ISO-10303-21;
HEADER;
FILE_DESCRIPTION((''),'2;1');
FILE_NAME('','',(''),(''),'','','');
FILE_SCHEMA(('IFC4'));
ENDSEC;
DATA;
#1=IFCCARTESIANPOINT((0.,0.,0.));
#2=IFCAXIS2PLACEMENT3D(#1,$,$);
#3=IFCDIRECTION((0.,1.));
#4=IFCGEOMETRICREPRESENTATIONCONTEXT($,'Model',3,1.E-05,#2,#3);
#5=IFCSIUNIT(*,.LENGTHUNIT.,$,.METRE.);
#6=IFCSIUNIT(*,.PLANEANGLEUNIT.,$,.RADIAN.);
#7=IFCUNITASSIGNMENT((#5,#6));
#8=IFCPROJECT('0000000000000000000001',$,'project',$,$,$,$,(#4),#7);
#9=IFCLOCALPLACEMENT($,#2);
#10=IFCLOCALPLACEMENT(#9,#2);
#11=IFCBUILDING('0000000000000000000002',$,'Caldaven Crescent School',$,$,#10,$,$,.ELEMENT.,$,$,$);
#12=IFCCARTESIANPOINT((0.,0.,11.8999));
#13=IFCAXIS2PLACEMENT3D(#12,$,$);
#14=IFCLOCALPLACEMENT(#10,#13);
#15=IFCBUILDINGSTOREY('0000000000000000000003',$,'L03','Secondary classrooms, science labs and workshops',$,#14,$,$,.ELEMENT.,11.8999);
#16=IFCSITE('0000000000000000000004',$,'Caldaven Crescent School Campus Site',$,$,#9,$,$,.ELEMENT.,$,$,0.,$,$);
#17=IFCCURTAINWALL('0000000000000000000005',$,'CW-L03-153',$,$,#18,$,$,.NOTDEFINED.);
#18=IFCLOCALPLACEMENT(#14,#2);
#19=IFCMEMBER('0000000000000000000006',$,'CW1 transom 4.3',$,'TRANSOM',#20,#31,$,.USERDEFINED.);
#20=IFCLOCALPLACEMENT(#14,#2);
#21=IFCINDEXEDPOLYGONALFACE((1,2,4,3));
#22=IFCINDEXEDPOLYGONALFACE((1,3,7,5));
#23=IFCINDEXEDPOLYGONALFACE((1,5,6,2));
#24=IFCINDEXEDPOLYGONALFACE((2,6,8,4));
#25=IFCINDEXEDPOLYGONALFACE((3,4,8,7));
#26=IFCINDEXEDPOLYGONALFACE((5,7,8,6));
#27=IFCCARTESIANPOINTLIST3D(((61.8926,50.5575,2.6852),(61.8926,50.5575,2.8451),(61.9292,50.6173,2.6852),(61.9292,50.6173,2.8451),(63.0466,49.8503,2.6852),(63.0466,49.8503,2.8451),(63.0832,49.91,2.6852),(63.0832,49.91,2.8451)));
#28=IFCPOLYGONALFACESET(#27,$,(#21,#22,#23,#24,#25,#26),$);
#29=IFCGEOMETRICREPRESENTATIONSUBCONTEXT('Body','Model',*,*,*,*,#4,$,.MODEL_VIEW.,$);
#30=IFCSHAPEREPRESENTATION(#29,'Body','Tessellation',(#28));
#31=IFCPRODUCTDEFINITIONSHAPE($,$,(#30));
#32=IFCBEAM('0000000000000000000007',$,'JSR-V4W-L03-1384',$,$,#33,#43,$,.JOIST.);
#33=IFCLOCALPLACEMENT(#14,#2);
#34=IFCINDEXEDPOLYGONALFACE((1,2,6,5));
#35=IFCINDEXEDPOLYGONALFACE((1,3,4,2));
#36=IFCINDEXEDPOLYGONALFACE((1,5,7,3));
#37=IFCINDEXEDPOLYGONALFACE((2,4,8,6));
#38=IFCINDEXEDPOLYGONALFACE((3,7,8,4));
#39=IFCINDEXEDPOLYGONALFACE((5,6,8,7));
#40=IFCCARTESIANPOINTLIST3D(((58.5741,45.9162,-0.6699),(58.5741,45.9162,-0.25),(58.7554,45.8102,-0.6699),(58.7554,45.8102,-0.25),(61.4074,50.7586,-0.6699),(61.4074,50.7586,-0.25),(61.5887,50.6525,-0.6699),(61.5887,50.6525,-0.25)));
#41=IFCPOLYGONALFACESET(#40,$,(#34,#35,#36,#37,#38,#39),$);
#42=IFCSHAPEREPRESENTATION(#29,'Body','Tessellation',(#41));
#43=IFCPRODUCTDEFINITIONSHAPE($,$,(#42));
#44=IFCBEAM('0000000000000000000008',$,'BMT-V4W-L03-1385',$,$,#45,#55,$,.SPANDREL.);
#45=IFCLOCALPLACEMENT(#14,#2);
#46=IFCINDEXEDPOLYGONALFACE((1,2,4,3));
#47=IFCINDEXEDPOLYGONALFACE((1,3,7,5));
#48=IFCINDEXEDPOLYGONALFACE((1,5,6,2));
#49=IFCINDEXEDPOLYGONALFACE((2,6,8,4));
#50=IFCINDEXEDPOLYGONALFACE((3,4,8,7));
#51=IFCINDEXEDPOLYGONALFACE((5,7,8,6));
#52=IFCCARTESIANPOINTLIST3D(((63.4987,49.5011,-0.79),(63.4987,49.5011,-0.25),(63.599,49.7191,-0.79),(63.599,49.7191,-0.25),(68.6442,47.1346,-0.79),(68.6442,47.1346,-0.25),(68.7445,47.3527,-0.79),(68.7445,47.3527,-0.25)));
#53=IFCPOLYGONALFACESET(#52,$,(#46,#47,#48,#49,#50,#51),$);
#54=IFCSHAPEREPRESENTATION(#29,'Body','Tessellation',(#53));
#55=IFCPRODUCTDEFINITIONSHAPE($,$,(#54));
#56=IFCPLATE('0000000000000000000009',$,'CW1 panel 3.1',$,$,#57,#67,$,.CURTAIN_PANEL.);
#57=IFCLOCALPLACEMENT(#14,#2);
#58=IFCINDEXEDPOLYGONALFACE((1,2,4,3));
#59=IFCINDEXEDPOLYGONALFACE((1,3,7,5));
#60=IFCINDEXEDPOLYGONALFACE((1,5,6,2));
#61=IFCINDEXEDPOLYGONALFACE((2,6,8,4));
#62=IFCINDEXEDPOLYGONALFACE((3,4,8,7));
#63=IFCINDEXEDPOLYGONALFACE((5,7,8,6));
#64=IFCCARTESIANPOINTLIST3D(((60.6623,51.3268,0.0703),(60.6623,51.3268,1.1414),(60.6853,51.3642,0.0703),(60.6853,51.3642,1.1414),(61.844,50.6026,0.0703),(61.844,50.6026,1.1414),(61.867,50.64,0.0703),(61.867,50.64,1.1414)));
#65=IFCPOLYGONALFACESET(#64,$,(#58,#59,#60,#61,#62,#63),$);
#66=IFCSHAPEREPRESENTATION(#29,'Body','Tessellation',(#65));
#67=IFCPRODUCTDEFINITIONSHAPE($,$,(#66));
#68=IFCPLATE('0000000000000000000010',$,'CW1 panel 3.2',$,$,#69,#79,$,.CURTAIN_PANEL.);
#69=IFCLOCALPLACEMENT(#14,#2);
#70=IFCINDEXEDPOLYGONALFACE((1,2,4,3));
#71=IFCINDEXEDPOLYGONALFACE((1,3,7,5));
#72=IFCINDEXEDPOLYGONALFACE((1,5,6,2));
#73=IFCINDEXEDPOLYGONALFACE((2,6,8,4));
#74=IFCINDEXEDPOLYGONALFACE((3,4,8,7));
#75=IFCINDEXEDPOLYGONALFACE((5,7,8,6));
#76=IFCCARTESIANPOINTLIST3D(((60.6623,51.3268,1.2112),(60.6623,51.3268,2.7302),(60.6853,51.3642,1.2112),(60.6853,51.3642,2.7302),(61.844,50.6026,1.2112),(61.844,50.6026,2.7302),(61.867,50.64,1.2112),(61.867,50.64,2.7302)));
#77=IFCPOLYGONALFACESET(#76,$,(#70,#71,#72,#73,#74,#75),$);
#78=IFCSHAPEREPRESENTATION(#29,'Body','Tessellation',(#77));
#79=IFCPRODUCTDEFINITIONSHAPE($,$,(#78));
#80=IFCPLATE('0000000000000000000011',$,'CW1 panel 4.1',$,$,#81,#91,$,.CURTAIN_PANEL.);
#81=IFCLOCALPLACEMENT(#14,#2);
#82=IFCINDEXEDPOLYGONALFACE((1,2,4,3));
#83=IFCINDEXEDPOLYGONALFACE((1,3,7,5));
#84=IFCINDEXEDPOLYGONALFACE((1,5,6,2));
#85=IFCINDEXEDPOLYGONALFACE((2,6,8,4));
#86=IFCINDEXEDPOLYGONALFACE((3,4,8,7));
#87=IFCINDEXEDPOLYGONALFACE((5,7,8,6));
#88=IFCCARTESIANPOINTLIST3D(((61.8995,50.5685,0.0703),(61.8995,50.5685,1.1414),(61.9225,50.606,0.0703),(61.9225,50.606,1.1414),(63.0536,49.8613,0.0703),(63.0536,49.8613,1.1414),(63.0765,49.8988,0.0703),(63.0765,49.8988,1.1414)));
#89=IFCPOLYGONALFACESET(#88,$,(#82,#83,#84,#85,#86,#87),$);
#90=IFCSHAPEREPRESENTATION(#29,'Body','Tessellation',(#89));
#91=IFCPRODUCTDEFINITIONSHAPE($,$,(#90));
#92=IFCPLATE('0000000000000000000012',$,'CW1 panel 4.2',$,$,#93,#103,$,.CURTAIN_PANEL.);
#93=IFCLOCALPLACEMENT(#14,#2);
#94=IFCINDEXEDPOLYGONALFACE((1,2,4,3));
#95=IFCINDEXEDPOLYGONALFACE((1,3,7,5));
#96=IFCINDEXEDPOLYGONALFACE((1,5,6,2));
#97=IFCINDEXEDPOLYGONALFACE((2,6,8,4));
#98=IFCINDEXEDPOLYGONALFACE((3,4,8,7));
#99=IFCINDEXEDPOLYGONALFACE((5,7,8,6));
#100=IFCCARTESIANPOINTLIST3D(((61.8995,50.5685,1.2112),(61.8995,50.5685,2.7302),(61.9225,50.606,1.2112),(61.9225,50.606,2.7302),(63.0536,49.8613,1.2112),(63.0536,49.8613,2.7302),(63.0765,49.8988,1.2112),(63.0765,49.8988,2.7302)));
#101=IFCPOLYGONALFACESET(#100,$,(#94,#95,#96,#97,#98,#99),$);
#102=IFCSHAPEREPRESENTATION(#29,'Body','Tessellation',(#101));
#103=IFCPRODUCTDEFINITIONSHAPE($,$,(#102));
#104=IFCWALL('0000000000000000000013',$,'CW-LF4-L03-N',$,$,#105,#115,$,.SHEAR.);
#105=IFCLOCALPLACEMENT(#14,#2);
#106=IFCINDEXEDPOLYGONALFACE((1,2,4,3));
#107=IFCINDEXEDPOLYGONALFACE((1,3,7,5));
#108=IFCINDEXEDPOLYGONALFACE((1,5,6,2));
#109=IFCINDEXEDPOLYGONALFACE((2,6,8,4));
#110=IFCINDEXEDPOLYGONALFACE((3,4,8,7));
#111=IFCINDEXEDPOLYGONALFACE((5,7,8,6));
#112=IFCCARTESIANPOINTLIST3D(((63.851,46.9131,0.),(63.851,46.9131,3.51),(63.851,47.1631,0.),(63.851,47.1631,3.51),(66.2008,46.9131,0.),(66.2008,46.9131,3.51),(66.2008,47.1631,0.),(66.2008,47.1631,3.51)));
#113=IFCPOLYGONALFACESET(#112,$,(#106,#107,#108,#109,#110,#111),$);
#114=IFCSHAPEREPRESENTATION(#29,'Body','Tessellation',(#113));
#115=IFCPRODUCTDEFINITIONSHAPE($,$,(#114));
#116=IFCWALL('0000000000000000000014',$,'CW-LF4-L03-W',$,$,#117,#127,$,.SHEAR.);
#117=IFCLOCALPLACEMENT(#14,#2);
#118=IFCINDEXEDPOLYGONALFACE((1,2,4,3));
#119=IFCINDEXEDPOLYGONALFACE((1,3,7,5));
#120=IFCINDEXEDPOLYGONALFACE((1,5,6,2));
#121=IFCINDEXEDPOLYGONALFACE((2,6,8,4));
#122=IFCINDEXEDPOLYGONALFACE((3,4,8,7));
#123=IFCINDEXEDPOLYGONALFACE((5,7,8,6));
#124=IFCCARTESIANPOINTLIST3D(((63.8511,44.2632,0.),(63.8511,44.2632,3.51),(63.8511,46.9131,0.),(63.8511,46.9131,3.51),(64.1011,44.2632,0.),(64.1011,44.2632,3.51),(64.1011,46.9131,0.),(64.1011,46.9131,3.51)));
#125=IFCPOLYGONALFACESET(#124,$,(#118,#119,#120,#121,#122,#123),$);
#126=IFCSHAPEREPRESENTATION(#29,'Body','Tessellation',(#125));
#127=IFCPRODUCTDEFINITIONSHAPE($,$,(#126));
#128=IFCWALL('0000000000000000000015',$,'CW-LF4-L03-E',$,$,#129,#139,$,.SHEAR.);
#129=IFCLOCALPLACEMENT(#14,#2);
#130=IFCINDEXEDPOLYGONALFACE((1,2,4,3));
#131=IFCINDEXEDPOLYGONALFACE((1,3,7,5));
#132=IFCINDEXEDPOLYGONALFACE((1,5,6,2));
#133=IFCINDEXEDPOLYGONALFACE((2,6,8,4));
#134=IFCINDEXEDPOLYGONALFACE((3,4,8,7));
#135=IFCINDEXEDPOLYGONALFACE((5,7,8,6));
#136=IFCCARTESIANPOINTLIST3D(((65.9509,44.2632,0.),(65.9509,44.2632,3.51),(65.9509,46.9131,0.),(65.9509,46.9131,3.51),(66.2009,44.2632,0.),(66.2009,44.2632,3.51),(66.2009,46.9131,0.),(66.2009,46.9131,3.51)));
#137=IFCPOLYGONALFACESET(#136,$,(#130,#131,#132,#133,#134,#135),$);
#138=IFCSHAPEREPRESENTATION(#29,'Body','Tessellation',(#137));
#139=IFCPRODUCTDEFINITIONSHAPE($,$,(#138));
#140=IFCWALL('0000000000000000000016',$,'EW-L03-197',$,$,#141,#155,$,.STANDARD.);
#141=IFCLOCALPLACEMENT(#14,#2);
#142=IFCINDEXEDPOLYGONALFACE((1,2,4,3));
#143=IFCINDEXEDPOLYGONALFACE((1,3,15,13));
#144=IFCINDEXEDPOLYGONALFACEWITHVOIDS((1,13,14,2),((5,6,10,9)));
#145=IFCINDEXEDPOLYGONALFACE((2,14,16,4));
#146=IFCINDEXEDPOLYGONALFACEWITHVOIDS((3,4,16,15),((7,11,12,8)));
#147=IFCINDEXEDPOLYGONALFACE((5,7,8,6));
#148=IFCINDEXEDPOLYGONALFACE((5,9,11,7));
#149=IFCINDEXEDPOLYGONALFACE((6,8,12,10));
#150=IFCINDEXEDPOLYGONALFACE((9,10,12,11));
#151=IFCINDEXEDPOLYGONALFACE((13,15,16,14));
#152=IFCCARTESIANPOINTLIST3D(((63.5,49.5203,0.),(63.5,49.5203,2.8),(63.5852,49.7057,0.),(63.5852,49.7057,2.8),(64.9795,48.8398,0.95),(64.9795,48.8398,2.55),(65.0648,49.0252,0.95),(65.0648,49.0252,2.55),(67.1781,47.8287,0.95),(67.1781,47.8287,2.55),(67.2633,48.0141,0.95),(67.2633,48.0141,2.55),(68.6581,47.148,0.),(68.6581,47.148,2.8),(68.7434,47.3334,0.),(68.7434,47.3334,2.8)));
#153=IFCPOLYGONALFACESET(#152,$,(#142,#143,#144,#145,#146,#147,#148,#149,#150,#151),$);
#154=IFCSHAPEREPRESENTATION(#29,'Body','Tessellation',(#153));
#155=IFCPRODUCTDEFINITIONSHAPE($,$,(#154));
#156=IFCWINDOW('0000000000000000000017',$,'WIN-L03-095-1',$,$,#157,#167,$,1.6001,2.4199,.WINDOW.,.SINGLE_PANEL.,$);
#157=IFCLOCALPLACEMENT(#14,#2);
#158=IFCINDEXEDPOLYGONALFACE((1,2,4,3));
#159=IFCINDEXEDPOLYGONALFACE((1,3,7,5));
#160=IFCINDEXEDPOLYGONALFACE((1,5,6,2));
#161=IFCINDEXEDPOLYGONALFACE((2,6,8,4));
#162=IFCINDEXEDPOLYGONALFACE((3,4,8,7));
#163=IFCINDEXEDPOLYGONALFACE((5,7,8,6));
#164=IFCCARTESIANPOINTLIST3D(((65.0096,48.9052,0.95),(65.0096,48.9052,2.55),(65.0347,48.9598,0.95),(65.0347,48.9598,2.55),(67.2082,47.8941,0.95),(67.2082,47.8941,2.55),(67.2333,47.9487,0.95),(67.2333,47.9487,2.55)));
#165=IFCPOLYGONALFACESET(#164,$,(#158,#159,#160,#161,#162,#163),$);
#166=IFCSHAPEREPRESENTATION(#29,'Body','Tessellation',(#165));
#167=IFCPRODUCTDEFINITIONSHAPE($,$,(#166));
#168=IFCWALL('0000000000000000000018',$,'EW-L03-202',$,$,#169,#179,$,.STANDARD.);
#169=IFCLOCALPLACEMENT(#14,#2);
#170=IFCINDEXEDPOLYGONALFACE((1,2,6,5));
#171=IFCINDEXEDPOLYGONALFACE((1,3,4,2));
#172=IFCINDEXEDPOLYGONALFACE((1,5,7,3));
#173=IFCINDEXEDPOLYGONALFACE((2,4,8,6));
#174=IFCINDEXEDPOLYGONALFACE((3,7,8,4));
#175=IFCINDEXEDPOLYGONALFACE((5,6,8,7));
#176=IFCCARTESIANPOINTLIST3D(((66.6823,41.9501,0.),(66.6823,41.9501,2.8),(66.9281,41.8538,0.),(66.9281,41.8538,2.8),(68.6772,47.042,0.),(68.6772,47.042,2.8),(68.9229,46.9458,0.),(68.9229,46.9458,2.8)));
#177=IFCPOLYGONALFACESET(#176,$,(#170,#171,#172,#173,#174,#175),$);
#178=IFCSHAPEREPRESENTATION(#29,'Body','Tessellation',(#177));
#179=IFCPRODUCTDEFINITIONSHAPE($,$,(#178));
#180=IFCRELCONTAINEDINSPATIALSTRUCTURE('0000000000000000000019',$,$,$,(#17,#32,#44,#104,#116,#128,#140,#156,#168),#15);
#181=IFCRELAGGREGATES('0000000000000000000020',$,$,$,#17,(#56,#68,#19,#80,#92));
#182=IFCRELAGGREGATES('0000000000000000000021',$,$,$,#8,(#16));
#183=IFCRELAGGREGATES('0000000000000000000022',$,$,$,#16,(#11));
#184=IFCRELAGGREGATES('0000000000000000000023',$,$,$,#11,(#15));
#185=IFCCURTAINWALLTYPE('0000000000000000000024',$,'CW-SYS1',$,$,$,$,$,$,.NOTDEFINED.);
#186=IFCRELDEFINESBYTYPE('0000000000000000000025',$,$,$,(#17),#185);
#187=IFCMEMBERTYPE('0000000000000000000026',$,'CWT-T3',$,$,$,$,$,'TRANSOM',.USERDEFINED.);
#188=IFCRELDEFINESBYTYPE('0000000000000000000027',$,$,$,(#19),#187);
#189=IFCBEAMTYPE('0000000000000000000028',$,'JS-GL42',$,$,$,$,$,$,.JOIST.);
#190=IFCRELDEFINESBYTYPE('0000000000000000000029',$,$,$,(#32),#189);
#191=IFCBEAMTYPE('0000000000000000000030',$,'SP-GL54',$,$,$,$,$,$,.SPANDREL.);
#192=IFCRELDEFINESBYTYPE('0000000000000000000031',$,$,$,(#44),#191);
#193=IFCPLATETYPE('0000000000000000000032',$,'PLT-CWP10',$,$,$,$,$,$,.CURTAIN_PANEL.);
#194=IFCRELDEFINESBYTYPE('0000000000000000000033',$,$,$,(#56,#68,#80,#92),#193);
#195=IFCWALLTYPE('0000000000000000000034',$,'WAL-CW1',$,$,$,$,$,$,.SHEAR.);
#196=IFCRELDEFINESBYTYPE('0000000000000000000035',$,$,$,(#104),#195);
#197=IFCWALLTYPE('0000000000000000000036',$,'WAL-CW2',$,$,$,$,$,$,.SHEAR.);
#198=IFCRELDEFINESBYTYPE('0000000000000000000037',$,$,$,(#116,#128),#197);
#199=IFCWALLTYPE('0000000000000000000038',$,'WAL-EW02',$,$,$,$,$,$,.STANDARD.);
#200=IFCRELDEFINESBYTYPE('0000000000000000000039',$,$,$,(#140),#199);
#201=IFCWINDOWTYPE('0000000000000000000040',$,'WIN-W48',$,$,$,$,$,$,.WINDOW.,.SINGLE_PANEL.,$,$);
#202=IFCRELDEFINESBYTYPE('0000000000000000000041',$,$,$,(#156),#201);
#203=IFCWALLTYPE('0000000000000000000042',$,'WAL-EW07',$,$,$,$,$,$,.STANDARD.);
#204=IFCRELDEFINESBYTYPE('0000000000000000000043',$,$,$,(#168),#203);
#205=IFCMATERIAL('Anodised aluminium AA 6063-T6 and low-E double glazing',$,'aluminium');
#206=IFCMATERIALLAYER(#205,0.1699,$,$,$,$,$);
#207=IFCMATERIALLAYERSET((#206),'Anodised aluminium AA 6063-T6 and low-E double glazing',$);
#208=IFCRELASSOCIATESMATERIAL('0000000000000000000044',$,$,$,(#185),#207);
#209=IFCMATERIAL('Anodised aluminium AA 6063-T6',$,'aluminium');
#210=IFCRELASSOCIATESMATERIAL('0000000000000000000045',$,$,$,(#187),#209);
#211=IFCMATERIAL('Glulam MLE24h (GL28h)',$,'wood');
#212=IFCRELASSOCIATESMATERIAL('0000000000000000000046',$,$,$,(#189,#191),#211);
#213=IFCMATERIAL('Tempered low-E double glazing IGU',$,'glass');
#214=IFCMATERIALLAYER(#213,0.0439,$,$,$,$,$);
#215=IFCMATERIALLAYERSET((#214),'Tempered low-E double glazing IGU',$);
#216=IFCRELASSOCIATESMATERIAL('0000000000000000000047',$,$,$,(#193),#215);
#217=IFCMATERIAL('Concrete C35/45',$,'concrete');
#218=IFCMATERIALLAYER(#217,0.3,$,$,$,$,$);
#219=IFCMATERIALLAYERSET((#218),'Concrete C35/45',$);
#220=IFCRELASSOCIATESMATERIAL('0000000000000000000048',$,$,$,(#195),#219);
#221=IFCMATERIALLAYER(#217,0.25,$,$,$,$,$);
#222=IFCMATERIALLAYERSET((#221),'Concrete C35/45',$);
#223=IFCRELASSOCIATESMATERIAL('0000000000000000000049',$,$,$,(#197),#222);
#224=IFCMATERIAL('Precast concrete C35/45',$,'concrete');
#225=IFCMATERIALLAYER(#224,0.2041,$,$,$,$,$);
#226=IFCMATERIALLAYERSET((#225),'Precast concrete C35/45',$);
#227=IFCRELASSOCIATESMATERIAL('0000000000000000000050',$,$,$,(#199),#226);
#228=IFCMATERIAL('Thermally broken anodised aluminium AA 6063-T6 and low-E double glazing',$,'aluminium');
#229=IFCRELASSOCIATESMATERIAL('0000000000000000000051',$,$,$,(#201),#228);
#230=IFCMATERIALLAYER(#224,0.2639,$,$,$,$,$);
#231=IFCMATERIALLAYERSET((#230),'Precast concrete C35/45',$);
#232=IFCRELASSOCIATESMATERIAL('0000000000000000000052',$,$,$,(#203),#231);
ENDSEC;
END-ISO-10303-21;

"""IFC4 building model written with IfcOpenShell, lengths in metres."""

from ifc_helpers import new_model, si_unit, direction, frame, frame_2d, origin, origin_2d, place, context, subcontext, project, spatial, rectangle, extrude, material, layer, layer_set, material_profile, profile_set, type_object, element, fill, aggregate, save


model = new_model("IFC4")

# Units and contexts
model_context = context("Model", 3, precision=1e-05, world=origin(), true_north=direction((0.0, 1.0)))
body_context = subcontext(model_context, "Body", "Model", "MODEL_VIEW")
ifc_project = project(units=[si_unit("LENGTHUNIT", "METRE"), si_unit("PLANEANGLEUNIT", "RADIAN")], contexts=[model_context])

# Site, building, storey
site_placement = place(None, origin())
site = spatial("IfcSite", under=ifc_project, at=site_placement, Name="Caldaven Crescent School Campus Site", CompositionType="ELEMENT", RefElevation=0.0)
building_placement = place(site_placement, origin())
building = spatial("IfcBuilding", under=site, at=building_placement, Name="Caldaven Crescent School", CompositionType="ELEMENT")
storey_placement = place(building_placement, frame((0.0, 0.0, 11.8999)))
storey = spatial("IfcBuildingStorey", under=building, at=storey_placement, Name="L03", Description="Secondary classrooms, science labs and workshops", CompositionType="ELEMENT", Elevation=11.8999)

# Shared definitions
ifc_material_1 = material(Name="Glulam MLE24h (GL28h)", Category="wood")

# Curtain wall, member
ifc_material_2 = material(Name="Anodised aluminium AA 6063-T6 and low-E double glazing", Category="aluminium")
ifc_layer_1 = layer(ifc_material_2, 0.1699)
ifc_layer_set_1 = layer_set([ifc_layer_1], Name="Anodised aluminium AA 6063-T6 and low-E double glazing")
curtain_wall_type = type_object("IfcCurtainWallType", Name="CW-SYS1", PredefinedType="NOTDEFINED", material=ifc_layer_set_1)
curtain_wall_placement = place(storey_placement, origin())
curtain_wall = element("IfcCurtainWall", 1, at=curtain_wall_placement, inside=storey, type_object=curtain_wall_type, Name="CW-L03-153", PredefinedType="NOTDEFINED")
ifc_material_3 = material(Name="Anodised aluminium AA 6063-T6", Category="aluminium")
ifc_material_profile_1 = material_profile(ifc_material_3, rectangle(XDim=0.0701, YDim=0.1599, at=origin_2d()), Name="CWT 70x160")
ifc_profile_set_1 = profile_set([ifc_material_profile_1], Name="Anodised aluminium AA 6063-T6")
member_type_1 = type_object("IfcMemberType", Name="CWT-T3", ElementType="TRANSOM", PredefinedType="USERDEFINED", material=ifc_profile_set_1)
member_1_placement = place(storey_placement, frame((61.9109, 50.5874, 2.7651), z_axis=(0.852617, -0.522537, 0.0), x_axis=(0.522537, 0.852617, 0.0)))
member_1 = element("IfcMember", 2, at=member_1_placement, type_object=member_type_1, Name="CW1 transom 4.3", ObjectType="TRANSOM", PredefinedType="USERDEFINED", context=body_context, shape_type="SweptSolid", body=[
    extrude(rectangle(XDim=0.0701, YDim=0.1599, at=origin_2d()), origin(), (0.0, 0.0, 1.0), 1.3535),
])

# Beams
ifc_material_profile_2 = material_profile(ifc_material_1, rectangle(XDim=0.21, YDim=0.4199, at=origin_2d()), Name="MLE 210x420")
ifc_profile_set_2 = profile_set([ifc_material_profile_2], Name="Glulam MLE24h (GL28h)")
beam_type_1 = type_object("IfcBeamType", Name="JS-GL42", PredefinedType="JOIST", material=ifc_profile_set_2)
beam_1_placement = place(storey_placement, frame((61.498, 50.7056, -0.46), z_axis=(-0.505012, -0.863112, 0.0), x_axis=(0.863112, -0.505012, 0.0)))
element("IfcBeam", 3, at=beam_1_placement, inside=storey, type_object=beam_type_1, Name="JSR-V4W-L03-1384", PredefinedType="JOIST", context=body_context, shape_type="SweptSolid", body=[
    extrude(rectangle(XDim=0.21, YDim=0.4199, at=origin_2d()), origin(), (0.0, 0.0, 1.0), 5.6104),
])
ifc_material_profile_3 = material_profile(ifc_material_1, rectangle(XDim=0.24, YDim=0.54, at=origin_2d()), Name="MLE 240x540")
ifc_profile_set_3 = profile_set([ifc_material_profile_3], Name="Glulam MLE24h (GL28h)")
beam_type_2 = type_object("IfcBeamType", Name="SP-GL54", PredefinedType="SPANDREL", material=ifc_profile_set_3)
beam_2_placement = place(storey_placement, frame((63.5488, 49.6101, -0.52), z_axis=(0.908523, -0.417836, 0.0), x_axis=(0.417836, 0.908523, 0.0)))
element("IfcBeam", 4, at=beam_2_placement, inside=storey, type_object=beam_type_2, Name="BMT-V4W-L03-1385", PredefinedType="SPANDREL", context=body_context, shape_type="SweptSolid", body=[
    extrude(rectangle(XDim=0.24, YDim=0.54, at=origin_2d()), origin(), (0.0, 0.0, 1.0), 5.6636),
])

# Plates
ifc_material_4 = material(Name="Tempered low-E double glazing IGU", Category="glass")
ifc_layer_2 = layer(ifc_material_4, 0.0439)
ifc_layer_set_2 = layer_set([ifc_layer_2], Name="Tempered low-E double glazing IGU")
plate_type = type_object("IfcPlateType", Name="PLT-CWP10", PredefinedType="CURTAIN_PANEL", material=ifc_layer_set_2)
plate_1_placement = place(storey_placement, frame((61.2646, 50.9834, 0.0703), z_axis=(0.0, 0.0, 1.0), x_axis=(0.85264, -0.522499, 0.0)))
plate_1 = element("IfcPlate", 5, at=plate_1_placement, type_object=plate_type, Name="CW1 panel 3.1", PredefinedType="CURTAIN_PANEL", context=body_context, shape_type="SweptSolid", body=[
    extrude(rectangle(XDim=1.386, YDim=0.0439, at=origin_2d()), origin(), (0.0, 0.0, 1.0), 1.071),
])
plate_2_placement = place(storey_placement, frame((61.2646, 50.9834, 1.2112), z_axis=(0.0, 0.0, 1.0), x_axis=(0.85264, -0.522499, 0.0)))
plate_2 = element("IfcPlate", 6, at=plate_2_placement, type_object=plate_type, Name="CW1 panel 3.2", PredefinedType="CURTAIN_PANEL", context=body_context, shape_type="SweptSolid", body=[
    extrude(rectangle(XDim=1.386, YDim=0.0439, at=origin_2d()), origin(), (0.0, 0.0, 1.0), 1.519),
])
plate_3_placement = place(storey_placement, frame((62.488, 50.2336, 0.0703), z_axis=(0.0, 0.0, 1.0), x_axis=(0.85264, -0.522499, 0.0)))
plate_3 = element("IfcPlate", 7, at=plate_3_placement, type_object=plate_type, Name="CW1 panel 4.1", PredefinedType="CURTAIN_PANEL", context=body_context, shape_type="SweptSolid", body=[
    extrude(rectangle(XDim=1.3535, YDim=0.0439, at=origin_2d()), origin(), (0.0, 0.0, 1.0), 1.071),
])
plate_4_placement = place(storey_placement, frame((62.488, 50.2336, 1.2112), z_axis=(0.0, 0.0, 1.0), x_axis=(0.85264, -0.522499, 0.0)))
plate_4 = element("IfcPlate", 8, at=plate_4_placement, type_object=plate_type, Name="CW1 panel 4.2", PredefinedType="CURTAIN_PANEL", context=body_context, shape_type="SweptSolid", body=[
    extrude(rectangle(XDim=1.3535, YDim=0.0439, at=origin_2d()), origin(), (0.0, 0.0, 1.0), 1.519),
])
aggregate(curtain_wall, [plate_1, plate_2, member_1, plate_3, plate_4])

# Wall
ifc_material_5 = material(Name="Concrete C35/45", Category="concrete")
ifc_layer_3 = layer(ifc_material_5, 0.3)
ifc_layer_set_3 = layer_set([ifc_layer_3], Name="Concrete C35/45")
wall_type_1 = type_object("IfcWallType", Name="WAL-CW1", PredefinedType="SHEAR", material=ifc_layer_set_3)
wall_1_placement = place(storey_placement, frame((63.8511, 47.0381, 0.0), z_axis=(0.0, 0.0, 1.0), x_axis=(1.0, 0.0, 0.0)))
element("IfcWall", 9, at=wall_1_placement, inside=storey, type_object=wall_type_1, Name="CW-LF4-L03-N", PredefinedType="SHEAR", context=body_context, shape_type="SweptSolid", body=[
    extrude(rectangle(XDim=2.3499, YDim=0.25, at=frame_2d((1.1748, 0.0))), origin(), (0.0, 0.0, 1.0), 3.51),
])

# Walls
ifc_layer_4 = layer(ifc_material_5, 0.25)
ifc_layer_set_4 = layer_set([ifc_layer_4], Name="Concrete C35/45")
wall_type_2 = type_object("IfcWallType", Name="WAL-CW2", PredefinedType="SHEAR", material=ifc_layer_set_4)
for number, where, z_axis, x_axis, name in (
    (10, (63.9761, 44.2632, 0.0), (0.0, 0.0, 1.0), (0.0, 1.0, 0.0), "CW-LF4-L03-W"),
    (11, (66.0759, 44.2632, 0.0), (0.0, 0.0, 1.0), (0.0, 1.0, 0.0), "CW-LF4-L03-E"),
):
    element("IfcWall", number, at=place(storey_placement, frame(where, z_axis=z_axis, x_axis=x_axis)), inside=storey, type_object=wall_type_2, Name=name, PredefinedType="SHEAR", context=body_context, shape_type="SweptSolid", body=[
        extrude(rectangle(XDim=2.6499, YDim=0.25, at=frame_2d((1.325, 0.0))), origin(), (0.0, 0.0, 1.0), 3.51),
    ])

# Wall, opening, window
ifc_material_6 = material(Name="Precast concrete C35/45", Category="concrete")
ifc_layer_5 = layer(ifc_material_6, 0.2041)
ifc_layer_set_5 = layer_set([ifc_layer_5], Name="Precast concrete C35/45")
wall_type_3 = type_object("IfcWallType", Name="WAL-EW02", PredefinedType="STANDARD", material=ifc_layer_set_5)
wall_2_placement = place(storey_placement, frame((63.5425, 49.613, 0.0), z_axis=(0.0, 0.0, 1.0), x_axis=(0.908521, -0.417839, 0.0)))
wall_2 = element("IfcWall", 12, at=wall_2_placement, inside=storey, type_object=wall_type_3, Name="EW-L03-197", PredefinedType="STANDARD", context=body_context, shape_type="SweptSolid", body=[
    extrude(rectangle(XDim=5.6775, YDim=0.2041, at=frame_2d((2.8389, 0.0))), origin(), (0.0, 0.0, 1.0), 2.8),
])
opening_1_placement = place(wall_2_placement, frame((1.6287, 0.0, 0.95)))
opening_1 = element("IfcOpeningElement", 13, at=opening_1_placement, cuts=wall_2, PredefinedType="OPENING", context=body_context, shape_type="SweptSolid", body=[
    extrude(rectangle(XDim=2.4199, YDim=1.6001, at=frame_2d((1.21, 0.8))), frame((0.0, 0.1121, 0.0), z_axis=(0.0, -1.0, 0.0), x_axis=(1.0, 0.0, 0.0)), (0.0, 0.0, 1.0), 0.2241),
])
ifc_material_7 = material(Name="Thermally broken anodised aluminium AA 6063-T6 and low-E double glazing", Category="aluminium")
window_type = type_object("IfcWindowType", Name="WIN-W48", PartitioningType="SINGLE_PANEL", PredefinedType="WINDOW", material=ifc_material_7)
window_placement = place(opening_1_placement, origin())
window = element("IfcWindow", 14, at=window_placement, inside=storey, type_object=window_type, Name="WIN-L03-095-1", OverallHeight=1.6001, OverallWidth=2.4199, PartitioningType="SINGLE_PANEL", PredefinedType="WINDOW", context=body_context, shape_type="SweptSolid", body=[
    extrude(rectangle(XDim=2.4199, YDim=1.6001, at=frame_2d((1.21, 0.8))), frame((0.0, 0.03, 0.0), z_axis=(0.0, -1.0, 0.0), x_axis=(1.0, 0.0, 0.0)), (0.0, 0.0, 1.0), 0.0601),
])
fill(opening_1, window)

# Wall
ifc_layer_6 = layer(ifc_material_6, 0.2639)
ifc_layer_set_6 = layer_set([ifc_layer_6], Name="Precast concrete C35/45")
wall_type_4 = type_object("IfcWallType", Name="WAL-EW07", PredefinedType="STANDARD", material=ifc_layer_set_6)
wall_3_placement = place(storey_placement, frame((68.8, 46.9939, 0.0), z_axis=(0.0, 0.0, 1.0), x_axis=(-0.36477, -0.931098, 0.0)))
element("IfcWall", 15, at=wall_3_placement, inside=storey, type_object=wall_type_4, Name="EW-L03-202", PredefinedType="STANDARD", context=body_context, shape_type="SweptSolid", body=[
    extrude(rectangle(XDim=5.4688, YDim=0.2639, at=frame_2d((2.7344, 0.0))), origin(), (0.0, 0.0, 1.0), 2.8),
])

save(model, "model.ifc")
